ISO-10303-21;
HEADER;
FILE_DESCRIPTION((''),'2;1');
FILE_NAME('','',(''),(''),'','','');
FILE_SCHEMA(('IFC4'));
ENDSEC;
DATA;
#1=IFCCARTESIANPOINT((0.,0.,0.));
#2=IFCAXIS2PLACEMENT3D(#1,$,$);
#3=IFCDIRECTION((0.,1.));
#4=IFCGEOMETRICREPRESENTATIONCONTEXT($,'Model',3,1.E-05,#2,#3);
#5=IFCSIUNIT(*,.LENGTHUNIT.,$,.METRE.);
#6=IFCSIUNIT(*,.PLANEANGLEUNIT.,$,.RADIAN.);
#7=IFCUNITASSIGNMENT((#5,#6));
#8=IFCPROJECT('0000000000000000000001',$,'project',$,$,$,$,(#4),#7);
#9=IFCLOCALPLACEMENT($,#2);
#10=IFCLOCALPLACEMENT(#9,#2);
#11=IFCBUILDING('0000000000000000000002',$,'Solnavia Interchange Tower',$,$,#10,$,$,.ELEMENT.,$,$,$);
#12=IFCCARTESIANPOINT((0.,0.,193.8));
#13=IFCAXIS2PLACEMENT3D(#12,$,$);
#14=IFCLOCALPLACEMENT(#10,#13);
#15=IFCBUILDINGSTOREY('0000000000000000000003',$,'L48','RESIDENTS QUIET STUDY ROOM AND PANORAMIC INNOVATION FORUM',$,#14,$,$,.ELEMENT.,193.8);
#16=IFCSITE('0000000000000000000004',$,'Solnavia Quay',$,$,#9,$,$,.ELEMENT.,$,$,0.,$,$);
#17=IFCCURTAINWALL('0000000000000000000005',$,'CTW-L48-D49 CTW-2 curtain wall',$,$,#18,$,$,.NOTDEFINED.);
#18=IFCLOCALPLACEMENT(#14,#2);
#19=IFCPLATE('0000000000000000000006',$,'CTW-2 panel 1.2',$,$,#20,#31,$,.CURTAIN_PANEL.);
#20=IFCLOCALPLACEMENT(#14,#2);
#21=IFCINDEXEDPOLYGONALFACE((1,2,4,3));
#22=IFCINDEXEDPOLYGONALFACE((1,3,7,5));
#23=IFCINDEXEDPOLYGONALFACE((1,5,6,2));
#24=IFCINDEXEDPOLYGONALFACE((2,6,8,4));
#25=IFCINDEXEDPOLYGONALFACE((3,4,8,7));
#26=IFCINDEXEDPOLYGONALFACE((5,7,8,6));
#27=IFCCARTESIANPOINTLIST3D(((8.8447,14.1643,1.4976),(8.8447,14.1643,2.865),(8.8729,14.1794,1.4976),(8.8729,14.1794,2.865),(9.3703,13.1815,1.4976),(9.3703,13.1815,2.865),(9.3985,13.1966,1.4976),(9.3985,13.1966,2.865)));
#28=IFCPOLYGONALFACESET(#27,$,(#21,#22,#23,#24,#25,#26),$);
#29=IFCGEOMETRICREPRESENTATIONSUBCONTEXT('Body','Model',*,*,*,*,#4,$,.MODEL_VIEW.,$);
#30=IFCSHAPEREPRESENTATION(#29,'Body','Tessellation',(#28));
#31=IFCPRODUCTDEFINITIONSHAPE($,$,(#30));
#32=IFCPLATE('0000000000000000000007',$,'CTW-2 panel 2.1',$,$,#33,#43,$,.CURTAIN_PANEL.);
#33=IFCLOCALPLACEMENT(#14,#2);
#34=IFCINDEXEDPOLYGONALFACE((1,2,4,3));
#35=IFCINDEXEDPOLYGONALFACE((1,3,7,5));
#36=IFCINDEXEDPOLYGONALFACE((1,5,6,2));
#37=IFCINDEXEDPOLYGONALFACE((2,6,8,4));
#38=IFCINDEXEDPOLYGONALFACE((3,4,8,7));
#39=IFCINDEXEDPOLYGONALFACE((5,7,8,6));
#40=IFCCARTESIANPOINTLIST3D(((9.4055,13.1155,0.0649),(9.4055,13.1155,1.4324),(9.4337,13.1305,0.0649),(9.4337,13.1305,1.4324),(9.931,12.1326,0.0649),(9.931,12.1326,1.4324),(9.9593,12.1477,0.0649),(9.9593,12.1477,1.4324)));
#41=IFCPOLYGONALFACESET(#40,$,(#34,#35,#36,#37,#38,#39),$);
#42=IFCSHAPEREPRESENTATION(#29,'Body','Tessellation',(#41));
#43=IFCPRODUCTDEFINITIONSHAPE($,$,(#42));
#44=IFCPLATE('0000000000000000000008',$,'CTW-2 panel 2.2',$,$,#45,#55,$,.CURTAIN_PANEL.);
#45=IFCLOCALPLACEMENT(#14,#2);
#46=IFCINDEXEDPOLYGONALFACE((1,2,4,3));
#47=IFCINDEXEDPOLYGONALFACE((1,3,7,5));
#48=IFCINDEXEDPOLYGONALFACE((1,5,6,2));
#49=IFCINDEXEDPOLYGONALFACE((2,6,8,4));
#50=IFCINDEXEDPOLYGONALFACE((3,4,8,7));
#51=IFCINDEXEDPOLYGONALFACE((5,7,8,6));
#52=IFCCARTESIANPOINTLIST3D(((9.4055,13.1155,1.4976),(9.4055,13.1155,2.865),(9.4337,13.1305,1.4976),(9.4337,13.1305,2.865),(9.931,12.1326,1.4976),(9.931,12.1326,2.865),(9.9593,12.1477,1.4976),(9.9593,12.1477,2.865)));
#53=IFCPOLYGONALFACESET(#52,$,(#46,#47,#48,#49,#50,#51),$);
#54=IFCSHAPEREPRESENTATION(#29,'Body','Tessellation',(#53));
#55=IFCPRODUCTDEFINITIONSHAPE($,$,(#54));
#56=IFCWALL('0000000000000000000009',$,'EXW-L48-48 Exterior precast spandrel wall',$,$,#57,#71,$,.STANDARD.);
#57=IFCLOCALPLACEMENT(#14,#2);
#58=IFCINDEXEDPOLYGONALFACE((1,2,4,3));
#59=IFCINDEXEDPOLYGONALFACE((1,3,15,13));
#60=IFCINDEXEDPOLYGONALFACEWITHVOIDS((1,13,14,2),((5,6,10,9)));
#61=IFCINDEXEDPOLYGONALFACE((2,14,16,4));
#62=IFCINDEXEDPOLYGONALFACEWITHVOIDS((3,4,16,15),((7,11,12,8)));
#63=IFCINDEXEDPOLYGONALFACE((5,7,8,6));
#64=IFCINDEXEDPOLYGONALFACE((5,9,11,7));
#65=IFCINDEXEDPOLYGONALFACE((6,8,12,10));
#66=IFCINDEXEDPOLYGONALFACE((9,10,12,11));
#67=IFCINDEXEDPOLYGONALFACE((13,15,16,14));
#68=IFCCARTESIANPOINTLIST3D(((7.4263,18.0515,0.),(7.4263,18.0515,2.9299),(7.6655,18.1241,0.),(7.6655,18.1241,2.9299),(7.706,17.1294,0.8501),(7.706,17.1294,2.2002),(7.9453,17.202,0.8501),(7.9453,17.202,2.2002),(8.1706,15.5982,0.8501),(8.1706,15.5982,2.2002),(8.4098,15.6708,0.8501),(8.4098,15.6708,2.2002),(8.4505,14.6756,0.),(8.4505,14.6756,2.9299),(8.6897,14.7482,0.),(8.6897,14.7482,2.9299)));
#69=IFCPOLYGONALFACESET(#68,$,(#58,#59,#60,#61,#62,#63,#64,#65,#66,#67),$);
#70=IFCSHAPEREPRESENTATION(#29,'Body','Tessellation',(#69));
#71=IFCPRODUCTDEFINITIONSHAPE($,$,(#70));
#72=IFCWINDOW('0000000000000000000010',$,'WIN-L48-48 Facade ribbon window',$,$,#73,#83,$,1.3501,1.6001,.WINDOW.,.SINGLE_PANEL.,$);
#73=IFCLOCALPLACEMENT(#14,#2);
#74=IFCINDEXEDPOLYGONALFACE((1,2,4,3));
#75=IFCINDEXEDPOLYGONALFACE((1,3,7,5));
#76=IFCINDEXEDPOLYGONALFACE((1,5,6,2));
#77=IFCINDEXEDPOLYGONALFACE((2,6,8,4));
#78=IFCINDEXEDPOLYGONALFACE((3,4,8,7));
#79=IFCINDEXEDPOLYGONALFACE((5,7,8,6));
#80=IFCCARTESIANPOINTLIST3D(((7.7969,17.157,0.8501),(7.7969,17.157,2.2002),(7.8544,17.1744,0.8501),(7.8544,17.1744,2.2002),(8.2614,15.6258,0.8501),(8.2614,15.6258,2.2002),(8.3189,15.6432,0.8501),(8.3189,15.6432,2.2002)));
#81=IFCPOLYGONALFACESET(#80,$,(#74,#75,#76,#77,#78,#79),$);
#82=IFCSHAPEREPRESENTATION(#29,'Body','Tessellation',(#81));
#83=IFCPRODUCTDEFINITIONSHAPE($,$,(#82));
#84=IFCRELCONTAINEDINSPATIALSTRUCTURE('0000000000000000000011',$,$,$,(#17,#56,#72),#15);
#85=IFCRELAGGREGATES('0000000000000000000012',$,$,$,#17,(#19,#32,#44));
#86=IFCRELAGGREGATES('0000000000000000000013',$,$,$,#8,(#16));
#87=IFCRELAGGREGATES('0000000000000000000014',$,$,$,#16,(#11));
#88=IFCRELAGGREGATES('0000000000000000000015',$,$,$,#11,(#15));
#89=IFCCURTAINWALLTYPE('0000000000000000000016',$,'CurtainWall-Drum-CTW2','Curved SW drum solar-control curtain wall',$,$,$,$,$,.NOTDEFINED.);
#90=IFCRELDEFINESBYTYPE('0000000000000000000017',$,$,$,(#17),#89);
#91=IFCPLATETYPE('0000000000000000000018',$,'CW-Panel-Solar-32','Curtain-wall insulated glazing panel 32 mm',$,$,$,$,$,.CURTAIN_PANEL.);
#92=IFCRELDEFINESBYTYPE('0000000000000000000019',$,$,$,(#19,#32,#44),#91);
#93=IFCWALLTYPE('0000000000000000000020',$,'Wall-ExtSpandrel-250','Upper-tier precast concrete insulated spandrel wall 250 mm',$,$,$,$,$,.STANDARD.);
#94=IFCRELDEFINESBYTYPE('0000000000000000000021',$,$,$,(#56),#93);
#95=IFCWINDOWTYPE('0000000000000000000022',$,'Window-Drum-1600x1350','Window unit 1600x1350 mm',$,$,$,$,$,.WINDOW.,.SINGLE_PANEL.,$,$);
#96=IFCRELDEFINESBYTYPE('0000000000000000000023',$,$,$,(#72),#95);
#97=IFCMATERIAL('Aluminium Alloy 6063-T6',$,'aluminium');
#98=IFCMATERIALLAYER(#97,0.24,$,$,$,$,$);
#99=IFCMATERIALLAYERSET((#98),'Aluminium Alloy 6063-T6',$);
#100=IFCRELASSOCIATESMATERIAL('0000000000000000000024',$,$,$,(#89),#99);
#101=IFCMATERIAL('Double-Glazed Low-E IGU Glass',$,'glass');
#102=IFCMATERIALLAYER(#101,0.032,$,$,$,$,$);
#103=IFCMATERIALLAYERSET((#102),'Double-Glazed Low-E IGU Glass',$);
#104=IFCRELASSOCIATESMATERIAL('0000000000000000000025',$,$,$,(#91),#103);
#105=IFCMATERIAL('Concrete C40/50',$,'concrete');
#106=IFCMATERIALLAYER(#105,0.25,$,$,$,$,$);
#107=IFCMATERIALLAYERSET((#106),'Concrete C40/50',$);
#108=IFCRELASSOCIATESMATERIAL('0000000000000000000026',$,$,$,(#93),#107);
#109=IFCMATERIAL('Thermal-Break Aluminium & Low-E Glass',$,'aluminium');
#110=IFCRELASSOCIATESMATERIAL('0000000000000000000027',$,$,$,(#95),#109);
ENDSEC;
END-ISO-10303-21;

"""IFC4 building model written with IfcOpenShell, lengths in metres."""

from ifc_helpers import new_model, si_unit, direction, frame, frame_2d, origin, origin_2d, place, context, subcontext, project, spatial, rectangle, extrude, material, layer, layer_set, type_object, element, fill, aggregate, save


model = new_model("IFC4")

# Units and contexts
model_context = context("Model", 3, precision=1e-05, world=origin(), true_north=direction((0.0, 1.0)))
body_context = subcontext(model_context, "Body", "Model", "MODEL_VIEW")
ifc_project = project(units=[si_unit("LENGTHUNIT", "METRE"), si_unit("PLANEANGLEUNIT", "RADIAN")], contexts=[model_context])

# Site, building, storey
site_placement = place(None, origin())
site = spatial("IfcSite", under=ifc_project, at=site_placement, Name="Solnavia Quay", CompositionType="ELEMENT", RefElevation=0.0)
building_placement = place(site_placement, origin())
building = spatial("IfcBuilding", under=site, at=building_placement, Name="Solnavia Interchange Tower", CompositionType="ELEMENT")
storey_placement = place(building_placement, frame((0.0, 0.0, 193.8)))
storey = spatial("IfcBuildingStorey", under=building, at=storey_placement, Name="L48", Description="RESIDENTS QUIET STUDY ROOM AND PANORAMIC INNOVATION FORUM", CompositionType="ELEMENT", Elevation=193.8)

# Curtain wall, plates
ifc_material_1 = material(Name="Aluminium Alloy 6063-T6", Category="aluminium")
ifc_layer_1 = layer(ifc_material_1, 0.24)
ifc_layer_set_1 = layer_set([ifc_layer_1], Name="Aluminium Alloy 6063-T6")
curtain_wall_type = type_object("IfcCurtainWallType", Name="CurtainWall-Drum-CTW2", Description="Curved SW drum solar-control curtain wall", PredefinedType="NOTDEFINED", material=ifc_layer_set_1)
curtain_wall_placement = place(storey_placement, origin())
curtain_wall = element("IfcCurtainWall", 1, at=curtain_wall_placement, inside=storey, type_object=curtain_wall_type, Name="CTW-L48-D49 CTW-2 curtain wall", PredefinedType="NOTDEFINED")
ifc_material_2 = material(Name="Double-Glazed Low-E IGU Glass", Category="glass")
ifc_layer_2 = layer(ifc_material_2, 0.032)
ifc_layer_set_2 = layer_set([ifc_layer_2], Name="Double-Glazed Low-E IGU Glass")
plate_type = type_object("IfcPlateType", Name="CW-Panel-Solar-32", Description="Curtain-wall insulated glazing panel 32 mm", PredefinedType="CURTAIN_PANEL", material=ifc_layer_set_2)
plate_1_placement = place(storey_placement, frame((9.1216, 13.6804, 1.4976), z_axis=(0.0, 0.0, 1.0), x_axis=(0.471561, -0.881834, 0.0)))
plate_1 = element("IfcPlate", 2, at=plate_1_placement, type_object=plate_type, Name="CTW-2 panel 1.2", PredefinedType="CURTAIN_PANEL", context=body_context, shape_type="SweptSolid", body=[
    extrude(rectangle(XDim=1.1145, YDim=0.032, at=origin_2d()), origin(), (0.0, 0.0, 1.0), 1.3674),
])
plate_2_placement = place(storey_placement, frame((9.6824, 12.6316, 0.0649), z_axis=(0.0, 0.0, 1.0), x_axis=(0.471561, -0.881834, 0.0)))
plate_2 = element("IfcPlate", 3, at=plate_2_placement, type_object=plate_type, Name="CTW-2 panel 2.1", PredefinedType="CURTAIN_PANEL", context=body_context, shape_type="SweptSolid", body=[
    extrude(rectangle(XDim=1.1145, YDim=0.032, at=origin_2d()), origin(), (0.0, 0.0, 1.0), 1.3674),
])
plate_3_placement = place(storey_placement, frame((9.6824, 12.6316, 1.4976), z_axis=(0.0, 0.0, 1.0), x_axis=(0.471561, -0.881834, 0.0)))
plate_3 = element("IfcPlate", 4, at=plate_3_placement, type_object=plate_type, Name="CTW-2 panel 2.2", PredefinedType="CURTAIN_PANEL", context=body_context, shape_type="SweptSolid", body=[
    extrude(rectangle(XDim=1.1145, YDim=0.032, at=origin_2d()), origin(), (0.0, 0.0, 1.0), 1.3674),
])
aggregate(curtain_wall, [plate_1, plate_2, plate_3])

# Wall, opening, window
ifc_material_3 = material(Name="Concrete C40/50", Category="concrete")
ifc_layer_3 = layer(ifc_material_3, 0.25)
ifc_layer_set_3 = layer_set([ifc_layer_3], Name="Concrete C40/50")
wall_type = type_object("IfcWallType", Name="Wall-ExtSpandrel-250", Description="Upper-tier precast concrete insulated spandrel wall 250 mm", PredefinedType="STANDARD", material=ifc_layer_set_3)
wall_placement = place(storey_placement, frame((8.5701, 14.7119, 0.0), z_axis=(0.0, 0.0, 1.0), x_axis=(-0.290305, 0.956934, 0.0)))
wall = element("IfcWall", 5, at=wall_placement, inside=storey, type_object=wall_type, Name="EXW-L48-48 Exterior precast spandrel wall", PredefinedType="STANDARD", context=body_context, shape_type="SweptSolid", body=[
    extrude(rectangle(XDim=3.5278, YDim=0.25, at=frame_2d((1.7639, 0.0))), origin(), (0.0, 0.0, 1.0), 2.9299),
])
opening_placement = place(wall_placement, frame((0.9641, 0.0, 0.8501)))
opening = element("IfcOpeningElement", 6, at=opening_placement, cuts=wall, PredefinedType="OPENING", context=body_context, shape_type="SweptSolid", body=[
    extrude(rectangle(XDim=1.6001, YDim=1.3501, at=frame_2d((0.8, 0.675))), frame((0.0, 0.135, 0.0), z_axis=(0.0, -1.0, 0.0), x_axis=(1.0, 0.0, 0.0)), (0.0, 0.0, 1.0), 0.27),
])
ifc_material_4 = material(Name="Thermal-Break Aluminium & Low-E Glass", Category="aluminium")
window_type = type_object("IfcWindowType", Name="Window-Drum-1600x1350", Description="Window unit 1600x1350 mm", PartitioningType="SINGLE_PANEL", PredefinedType="WINDOW", material=ifc_material_4)
window_placement = place(opening_placement, origin())
window = element("IfcWindow", 7, at=window_placement, inside=storey, type_object=window_type, Name="WIN-L48-48 Facade ribbon window", OverallHeight=1.3501, OverallWidth=1.6001, PartitioningType="SINGLE_PANEL", PredefinedType="WINDOW", context=body_context, shape_type="SweptSolid", body=[
    extrude(rectangle(XDim=1.6001, YDim=1.3501, at=frame_2d((0.8, 0.675))), frame((0.0, 0.03, 0.0), z_axis=(0.0, -1.0, 0.0), x_axis=(1.0, 0.0, 0.0)), (0.0, 0.0, 1.0), 0.0601),
])
fill(opening, window)

save(model, "model.ifc")
